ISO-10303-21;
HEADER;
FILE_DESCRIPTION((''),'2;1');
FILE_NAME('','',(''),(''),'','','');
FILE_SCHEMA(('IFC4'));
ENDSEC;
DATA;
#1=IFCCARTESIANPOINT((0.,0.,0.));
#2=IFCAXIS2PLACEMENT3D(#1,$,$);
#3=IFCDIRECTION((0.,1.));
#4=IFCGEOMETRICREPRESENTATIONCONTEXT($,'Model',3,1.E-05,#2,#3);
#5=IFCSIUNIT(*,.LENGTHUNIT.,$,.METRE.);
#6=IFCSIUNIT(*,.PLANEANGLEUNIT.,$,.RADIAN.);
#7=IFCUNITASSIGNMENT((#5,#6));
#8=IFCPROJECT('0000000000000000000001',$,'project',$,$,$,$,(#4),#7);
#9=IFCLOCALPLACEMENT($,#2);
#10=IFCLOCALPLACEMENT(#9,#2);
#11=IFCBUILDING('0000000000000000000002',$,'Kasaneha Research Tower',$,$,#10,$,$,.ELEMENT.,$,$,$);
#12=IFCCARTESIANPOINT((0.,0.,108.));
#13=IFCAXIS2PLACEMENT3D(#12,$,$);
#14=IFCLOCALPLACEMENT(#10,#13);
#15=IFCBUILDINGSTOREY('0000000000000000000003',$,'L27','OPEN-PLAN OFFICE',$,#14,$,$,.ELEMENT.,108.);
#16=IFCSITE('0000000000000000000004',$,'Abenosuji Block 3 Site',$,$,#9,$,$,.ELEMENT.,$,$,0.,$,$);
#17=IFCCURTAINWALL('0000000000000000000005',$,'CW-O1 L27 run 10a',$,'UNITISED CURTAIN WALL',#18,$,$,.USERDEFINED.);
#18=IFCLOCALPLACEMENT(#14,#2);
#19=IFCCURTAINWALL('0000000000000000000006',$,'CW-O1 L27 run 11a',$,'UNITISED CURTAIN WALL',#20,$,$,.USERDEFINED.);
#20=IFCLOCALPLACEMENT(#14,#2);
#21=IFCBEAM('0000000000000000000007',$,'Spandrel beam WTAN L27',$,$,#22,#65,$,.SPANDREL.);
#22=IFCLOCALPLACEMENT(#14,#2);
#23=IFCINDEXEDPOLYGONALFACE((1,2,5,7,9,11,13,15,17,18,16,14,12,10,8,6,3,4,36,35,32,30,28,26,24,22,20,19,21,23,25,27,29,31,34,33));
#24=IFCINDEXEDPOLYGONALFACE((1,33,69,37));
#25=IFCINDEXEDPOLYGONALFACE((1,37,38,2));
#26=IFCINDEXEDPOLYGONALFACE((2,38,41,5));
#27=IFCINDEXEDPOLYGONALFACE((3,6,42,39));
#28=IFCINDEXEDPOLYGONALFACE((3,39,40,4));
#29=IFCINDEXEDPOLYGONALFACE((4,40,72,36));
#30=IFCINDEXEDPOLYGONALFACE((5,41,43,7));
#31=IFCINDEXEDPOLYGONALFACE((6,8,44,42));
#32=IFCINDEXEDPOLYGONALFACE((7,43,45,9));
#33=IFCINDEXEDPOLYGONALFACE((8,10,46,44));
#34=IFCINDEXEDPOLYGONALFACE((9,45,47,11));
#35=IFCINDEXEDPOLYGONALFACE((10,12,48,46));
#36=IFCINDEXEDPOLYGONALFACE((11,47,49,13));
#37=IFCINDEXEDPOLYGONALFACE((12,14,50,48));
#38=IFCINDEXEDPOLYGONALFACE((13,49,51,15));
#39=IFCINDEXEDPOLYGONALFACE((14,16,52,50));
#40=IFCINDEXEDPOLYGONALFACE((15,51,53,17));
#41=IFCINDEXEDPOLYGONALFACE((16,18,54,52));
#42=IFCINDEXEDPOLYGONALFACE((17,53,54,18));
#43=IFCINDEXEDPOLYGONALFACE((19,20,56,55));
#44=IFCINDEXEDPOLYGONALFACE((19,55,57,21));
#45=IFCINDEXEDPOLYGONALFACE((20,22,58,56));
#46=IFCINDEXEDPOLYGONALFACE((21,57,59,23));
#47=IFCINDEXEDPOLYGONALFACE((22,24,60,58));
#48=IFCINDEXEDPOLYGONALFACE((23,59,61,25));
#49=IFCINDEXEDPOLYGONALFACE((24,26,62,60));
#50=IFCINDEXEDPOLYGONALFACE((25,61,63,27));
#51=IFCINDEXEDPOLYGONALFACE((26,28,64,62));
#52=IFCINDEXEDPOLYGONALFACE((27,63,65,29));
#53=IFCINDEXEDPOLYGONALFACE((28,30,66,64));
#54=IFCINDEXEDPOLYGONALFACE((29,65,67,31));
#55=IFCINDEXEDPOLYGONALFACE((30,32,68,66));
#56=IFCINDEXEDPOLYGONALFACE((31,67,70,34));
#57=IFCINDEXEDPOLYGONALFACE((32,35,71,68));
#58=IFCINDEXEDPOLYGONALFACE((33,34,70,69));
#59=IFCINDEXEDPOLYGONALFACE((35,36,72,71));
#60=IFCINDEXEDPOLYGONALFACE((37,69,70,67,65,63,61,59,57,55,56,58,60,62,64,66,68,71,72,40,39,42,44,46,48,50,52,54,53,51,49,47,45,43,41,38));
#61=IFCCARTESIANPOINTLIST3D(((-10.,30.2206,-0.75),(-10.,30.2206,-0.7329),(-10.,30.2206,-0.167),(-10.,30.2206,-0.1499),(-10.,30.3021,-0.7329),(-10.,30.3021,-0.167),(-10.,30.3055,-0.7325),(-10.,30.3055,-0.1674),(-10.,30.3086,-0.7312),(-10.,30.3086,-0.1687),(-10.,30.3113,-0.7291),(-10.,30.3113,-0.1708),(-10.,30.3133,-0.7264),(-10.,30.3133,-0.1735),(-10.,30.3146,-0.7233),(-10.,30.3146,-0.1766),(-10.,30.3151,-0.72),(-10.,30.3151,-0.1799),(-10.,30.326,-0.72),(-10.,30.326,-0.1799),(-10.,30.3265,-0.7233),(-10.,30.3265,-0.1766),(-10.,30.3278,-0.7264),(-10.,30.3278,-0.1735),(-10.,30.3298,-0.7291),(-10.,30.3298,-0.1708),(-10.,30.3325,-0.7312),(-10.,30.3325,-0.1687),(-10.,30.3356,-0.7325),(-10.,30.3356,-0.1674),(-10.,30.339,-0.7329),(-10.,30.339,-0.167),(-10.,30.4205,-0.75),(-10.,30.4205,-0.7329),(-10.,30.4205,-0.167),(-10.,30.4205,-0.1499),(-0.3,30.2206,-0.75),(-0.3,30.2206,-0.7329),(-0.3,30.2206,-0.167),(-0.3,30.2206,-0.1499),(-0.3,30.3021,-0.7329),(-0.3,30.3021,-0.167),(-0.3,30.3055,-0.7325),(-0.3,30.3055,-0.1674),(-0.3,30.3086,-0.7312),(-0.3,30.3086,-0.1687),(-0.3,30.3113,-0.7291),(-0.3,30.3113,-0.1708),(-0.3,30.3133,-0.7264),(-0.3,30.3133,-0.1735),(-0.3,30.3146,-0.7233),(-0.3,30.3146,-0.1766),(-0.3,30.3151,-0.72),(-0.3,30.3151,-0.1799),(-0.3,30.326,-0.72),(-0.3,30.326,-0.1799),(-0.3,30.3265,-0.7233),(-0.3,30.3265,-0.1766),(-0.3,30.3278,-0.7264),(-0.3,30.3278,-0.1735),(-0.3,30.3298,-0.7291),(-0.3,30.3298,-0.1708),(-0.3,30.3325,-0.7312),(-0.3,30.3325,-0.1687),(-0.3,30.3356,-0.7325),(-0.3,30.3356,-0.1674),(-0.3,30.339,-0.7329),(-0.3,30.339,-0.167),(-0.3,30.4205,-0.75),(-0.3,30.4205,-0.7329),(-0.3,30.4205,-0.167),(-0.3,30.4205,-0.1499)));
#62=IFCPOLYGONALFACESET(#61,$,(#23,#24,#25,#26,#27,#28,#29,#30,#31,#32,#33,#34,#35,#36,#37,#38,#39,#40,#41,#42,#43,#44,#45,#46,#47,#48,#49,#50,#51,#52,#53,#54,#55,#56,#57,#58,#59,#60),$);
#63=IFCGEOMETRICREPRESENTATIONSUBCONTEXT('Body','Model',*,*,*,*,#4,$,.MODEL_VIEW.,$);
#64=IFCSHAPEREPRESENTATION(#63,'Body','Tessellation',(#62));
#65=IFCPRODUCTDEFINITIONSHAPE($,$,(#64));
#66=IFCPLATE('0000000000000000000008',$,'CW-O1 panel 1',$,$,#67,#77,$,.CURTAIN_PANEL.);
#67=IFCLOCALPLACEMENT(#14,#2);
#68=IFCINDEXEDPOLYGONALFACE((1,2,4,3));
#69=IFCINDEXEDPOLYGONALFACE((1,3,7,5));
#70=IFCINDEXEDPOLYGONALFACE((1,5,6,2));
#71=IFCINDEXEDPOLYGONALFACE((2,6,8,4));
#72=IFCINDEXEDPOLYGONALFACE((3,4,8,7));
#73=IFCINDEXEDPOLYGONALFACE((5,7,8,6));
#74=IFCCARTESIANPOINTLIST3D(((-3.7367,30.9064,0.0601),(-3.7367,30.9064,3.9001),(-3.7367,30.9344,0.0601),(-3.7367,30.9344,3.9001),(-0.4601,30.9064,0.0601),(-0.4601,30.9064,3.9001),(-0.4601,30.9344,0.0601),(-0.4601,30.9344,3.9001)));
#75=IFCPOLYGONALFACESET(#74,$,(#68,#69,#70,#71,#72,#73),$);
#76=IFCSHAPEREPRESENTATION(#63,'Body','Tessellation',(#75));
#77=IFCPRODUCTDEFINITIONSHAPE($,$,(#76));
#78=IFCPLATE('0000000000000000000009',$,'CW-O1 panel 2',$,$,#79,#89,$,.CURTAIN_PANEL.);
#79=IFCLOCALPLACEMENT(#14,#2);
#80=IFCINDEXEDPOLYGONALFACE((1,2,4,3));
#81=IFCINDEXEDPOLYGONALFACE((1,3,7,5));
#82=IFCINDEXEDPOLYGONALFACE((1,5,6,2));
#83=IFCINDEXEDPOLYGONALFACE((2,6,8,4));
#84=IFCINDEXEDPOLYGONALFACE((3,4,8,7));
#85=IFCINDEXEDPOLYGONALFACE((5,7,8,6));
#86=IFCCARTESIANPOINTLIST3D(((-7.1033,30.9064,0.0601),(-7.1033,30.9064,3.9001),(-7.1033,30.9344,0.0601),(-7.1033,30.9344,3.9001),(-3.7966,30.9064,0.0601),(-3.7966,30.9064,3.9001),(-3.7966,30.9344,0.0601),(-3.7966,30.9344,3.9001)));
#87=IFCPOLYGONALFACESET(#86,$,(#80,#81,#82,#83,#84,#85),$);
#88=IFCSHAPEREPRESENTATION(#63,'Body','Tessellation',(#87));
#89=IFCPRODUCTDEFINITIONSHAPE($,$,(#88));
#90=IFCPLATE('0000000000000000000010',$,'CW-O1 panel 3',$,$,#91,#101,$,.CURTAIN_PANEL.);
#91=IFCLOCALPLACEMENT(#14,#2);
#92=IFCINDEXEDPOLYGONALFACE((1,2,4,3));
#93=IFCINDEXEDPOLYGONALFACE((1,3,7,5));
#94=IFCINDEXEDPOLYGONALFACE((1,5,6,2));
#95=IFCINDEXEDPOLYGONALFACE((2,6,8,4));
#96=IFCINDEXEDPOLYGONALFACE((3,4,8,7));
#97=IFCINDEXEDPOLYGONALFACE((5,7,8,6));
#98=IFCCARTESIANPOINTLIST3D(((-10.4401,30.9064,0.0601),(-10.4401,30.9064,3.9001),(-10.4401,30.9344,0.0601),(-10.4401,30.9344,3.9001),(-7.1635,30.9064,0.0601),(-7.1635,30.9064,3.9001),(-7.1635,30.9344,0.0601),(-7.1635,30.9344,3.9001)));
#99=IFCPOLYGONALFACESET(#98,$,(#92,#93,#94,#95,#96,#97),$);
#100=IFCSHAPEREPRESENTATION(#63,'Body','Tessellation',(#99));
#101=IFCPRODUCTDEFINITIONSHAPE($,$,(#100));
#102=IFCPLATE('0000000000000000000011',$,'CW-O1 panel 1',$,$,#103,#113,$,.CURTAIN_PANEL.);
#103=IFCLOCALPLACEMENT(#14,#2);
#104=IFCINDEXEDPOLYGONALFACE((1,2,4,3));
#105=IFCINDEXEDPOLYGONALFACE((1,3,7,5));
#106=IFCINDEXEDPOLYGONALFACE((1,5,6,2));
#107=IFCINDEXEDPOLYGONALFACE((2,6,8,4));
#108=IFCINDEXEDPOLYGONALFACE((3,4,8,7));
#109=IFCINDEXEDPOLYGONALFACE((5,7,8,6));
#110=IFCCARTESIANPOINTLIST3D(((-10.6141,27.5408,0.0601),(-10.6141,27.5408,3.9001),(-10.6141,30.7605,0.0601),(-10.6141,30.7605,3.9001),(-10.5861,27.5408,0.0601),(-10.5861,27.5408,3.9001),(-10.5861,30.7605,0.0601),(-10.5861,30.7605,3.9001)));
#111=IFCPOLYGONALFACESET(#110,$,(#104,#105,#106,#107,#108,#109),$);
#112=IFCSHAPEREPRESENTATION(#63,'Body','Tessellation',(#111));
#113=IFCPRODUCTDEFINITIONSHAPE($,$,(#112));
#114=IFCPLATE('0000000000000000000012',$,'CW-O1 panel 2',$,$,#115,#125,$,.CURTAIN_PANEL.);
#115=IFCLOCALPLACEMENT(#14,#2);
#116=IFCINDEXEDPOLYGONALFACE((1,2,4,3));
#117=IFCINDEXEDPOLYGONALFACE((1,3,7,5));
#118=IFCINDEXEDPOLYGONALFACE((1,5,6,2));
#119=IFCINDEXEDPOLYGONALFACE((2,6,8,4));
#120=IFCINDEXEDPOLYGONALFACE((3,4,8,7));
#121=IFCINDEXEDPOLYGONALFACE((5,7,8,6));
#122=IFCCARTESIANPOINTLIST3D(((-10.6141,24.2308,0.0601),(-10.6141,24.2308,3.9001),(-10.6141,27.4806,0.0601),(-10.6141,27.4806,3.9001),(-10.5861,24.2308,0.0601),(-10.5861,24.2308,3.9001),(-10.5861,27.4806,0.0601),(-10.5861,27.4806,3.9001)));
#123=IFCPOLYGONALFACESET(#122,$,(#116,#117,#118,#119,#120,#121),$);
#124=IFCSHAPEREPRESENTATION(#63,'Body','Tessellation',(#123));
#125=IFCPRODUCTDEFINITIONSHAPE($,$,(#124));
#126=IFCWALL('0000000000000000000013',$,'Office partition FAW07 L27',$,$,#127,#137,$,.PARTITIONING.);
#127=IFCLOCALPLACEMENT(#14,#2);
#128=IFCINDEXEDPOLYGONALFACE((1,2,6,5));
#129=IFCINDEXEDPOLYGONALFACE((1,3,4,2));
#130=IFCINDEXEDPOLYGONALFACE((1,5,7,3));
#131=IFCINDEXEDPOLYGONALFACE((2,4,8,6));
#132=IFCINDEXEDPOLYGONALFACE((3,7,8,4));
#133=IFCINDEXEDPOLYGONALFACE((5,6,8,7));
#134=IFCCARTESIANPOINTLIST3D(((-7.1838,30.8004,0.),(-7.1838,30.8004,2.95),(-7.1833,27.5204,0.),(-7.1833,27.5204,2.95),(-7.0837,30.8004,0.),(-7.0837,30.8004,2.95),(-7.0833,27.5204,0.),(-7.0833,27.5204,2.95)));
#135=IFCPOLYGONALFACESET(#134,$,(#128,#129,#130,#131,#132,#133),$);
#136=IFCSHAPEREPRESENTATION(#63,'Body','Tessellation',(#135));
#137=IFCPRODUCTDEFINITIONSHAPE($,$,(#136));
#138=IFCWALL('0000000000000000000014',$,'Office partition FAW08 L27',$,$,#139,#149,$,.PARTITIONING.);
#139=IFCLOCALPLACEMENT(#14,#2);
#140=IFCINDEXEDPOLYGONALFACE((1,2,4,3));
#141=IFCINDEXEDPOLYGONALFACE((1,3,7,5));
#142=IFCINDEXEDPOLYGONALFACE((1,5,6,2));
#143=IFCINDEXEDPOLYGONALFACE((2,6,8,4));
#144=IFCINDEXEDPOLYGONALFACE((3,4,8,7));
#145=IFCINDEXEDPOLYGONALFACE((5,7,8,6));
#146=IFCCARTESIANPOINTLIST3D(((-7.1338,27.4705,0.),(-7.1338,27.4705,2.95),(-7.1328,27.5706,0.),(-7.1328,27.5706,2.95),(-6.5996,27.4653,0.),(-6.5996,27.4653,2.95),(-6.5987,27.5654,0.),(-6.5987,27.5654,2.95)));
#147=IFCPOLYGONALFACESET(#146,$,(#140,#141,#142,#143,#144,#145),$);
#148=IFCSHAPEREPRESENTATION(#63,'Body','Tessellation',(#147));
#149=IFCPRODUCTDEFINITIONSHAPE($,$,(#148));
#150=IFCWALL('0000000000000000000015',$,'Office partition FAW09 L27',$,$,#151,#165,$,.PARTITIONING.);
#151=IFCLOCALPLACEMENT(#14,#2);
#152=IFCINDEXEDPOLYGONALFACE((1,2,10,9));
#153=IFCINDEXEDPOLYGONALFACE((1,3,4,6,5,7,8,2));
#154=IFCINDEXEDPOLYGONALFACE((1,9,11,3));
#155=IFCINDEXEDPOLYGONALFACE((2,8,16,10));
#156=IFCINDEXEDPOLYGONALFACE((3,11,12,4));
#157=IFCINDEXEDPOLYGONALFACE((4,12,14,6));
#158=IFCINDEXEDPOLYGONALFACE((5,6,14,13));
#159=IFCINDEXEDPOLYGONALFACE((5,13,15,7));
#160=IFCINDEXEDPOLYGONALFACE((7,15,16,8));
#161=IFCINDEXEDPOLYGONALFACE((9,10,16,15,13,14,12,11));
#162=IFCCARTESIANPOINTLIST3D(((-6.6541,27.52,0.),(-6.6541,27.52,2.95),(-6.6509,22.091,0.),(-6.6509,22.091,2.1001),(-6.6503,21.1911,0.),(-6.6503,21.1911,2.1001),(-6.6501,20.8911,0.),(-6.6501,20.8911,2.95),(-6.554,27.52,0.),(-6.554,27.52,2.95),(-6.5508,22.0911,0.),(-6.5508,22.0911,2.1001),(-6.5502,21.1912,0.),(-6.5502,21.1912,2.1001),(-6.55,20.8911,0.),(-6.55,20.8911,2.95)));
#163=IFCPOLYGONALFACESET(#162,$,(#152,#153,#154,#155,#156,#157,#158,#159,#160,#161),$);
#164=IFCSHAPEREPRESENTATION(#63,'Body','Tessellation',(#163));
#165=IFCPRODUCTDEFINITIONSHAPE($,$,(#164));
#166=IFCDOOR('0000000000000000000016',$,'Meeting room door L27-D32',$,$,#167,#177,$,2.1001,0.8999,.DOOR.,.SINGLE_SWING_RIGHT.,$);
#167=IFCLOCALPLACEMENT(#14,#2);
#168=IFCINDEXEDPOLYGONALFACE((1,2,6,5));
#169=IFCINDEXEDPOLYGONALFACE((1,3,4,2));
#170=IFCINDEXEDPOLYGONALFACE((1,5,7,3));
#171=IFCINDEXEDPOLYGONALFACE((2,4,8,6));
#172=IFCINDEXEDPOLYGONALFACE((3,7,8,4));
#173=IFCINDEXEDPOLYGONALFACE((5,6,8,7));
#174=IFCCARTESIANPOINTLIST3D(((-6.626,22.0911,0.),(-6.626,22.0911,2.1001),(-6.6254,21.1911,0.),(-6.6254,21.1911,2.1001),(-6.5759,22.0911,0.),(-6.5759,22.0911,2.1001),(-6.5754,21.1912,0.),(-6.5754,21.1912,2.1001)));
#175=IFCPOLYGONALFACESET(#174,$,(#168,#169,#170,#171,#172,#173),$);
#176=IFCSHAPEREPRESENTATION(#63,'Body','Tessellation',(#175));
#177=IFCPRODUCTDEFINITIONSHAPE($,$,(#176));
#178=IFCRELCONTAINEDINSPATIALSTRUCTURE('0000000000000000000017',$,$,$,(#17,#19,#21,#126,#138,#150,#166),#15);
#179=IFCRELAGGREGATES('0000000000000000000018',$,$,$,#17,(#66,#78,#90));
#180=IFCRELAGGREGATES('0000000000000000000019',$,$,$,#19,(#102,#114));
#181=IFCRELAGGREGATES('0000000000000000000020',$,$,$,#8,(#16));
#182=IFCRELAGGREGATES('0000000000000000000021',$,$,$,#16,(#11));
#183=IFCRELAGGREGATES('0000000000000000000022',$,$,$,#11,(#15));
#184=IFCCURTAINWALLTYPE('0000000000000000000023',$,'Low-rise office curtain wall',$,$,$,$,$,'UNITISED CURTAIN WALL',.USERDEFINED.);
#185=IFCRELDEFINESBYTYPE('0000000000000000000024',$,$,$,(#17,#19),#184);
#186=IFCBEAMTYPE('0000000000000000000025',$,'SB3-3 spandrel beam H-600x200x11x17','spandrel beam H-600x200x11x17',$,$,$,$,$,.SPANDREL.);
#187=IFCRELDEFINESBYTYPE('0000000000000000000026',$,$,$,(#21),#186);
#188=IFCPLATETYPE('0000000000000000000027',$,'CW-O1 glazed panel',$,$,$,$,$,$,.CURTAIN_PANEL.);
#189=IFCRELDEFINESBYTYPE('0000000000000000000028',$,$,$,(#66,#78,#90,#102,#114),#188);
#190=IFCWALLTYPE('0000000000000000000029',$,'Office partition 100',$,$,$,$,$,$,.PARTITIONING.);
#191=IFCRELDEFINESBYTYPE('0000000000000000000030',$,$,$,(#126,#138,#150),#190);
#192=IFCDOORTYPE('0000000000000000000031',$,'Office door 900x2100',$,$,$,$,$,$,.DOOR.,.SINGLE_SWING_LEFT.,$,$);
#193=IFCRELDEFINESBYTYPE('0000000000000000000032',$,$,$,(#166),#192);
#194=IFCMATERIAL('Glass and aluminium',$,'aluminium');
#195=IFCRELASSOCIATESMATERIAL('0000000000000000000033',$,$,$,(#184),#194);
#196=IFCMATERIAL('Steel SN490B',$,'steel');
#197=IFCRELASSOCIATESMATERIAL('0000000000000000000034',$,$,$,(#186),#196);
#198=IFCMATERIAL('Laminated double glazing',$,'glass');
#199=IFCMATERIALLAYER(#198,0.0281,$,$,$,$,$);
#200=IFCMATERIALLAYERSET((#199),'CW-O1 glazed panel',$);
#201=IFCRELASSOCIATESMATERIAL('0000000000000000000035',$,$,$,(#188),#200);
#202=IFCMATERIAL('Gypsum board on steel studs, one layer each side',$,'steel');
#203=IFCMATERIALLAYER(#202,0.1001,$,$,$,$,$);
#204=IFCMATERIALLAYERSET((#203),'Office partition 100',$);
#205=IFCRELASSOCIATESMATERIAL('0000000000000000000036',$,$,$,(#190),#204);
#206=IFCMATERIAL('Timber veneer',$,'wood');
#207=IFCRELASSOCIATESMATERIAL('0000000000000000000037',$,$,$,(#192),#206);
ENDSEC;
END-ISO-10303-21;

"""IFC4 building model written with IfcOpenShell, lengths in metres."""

from ifc_helpers import new_model, si_unit, direction, frame, frame_2d, origin, origin_2d, place, context, subcontext, project, spatial, rectangle, i_section, extrude, material, layer, layer_set, material_profile, profile_set, type_object, element, fill, aggregate, save


model = new_model("IFC4")

# Units and contexts
model_context = context("Model", 3, precision=1e-05, world=origin(), true_north=direction((0.0, 1.0)))
body_context = subcontext(model_context, "Body", "Model", "MODEL_VIEW")
ifc_project = project(units=[si_unit("LENGTHUNIT", "METRE"), si_unit("PLANEANGLEUNIT", "RADIAN")], contexts=[model_context])

# Site, building, storey
site_placement = place(None, origin())
site = spatial("IfcSite", under=ifc_project, at=site_placement, Name="Abenosuji Block 3 Site", CompositionType="ELEMENT", RefElevation=0.0)
building_placement = place(site_placement, origin())
building = spatial("IfcBuilding", under=site, at=building_placement, Name="Kasaneha Research Tower", CompositionType="ELEMENT")
storey_placement = place(building_placement, frame((0.0, 0.0, 108.0)))
storey = spatial("IfcBuildingStorey", under=building, at=storey_placement, Name="L27", Description="OPEN-PLAN OFFICE", CompositionType="ELEMENT", Elevation=108.0)

# Curtain walls
ifc_material_1 = material(Name="Glass and aluminium", Category="aluminium")
curtain_wall_type = type_object("IfcCurtainWallType", Name="Low-rise office curtain wall", ElementType="UNITISED CURTAIN WALL", PredefinedType="USERDEFINED", material=ifc_material_1)
curtain_wall_1_placement = place(storey_placement, origin())
curtain_wall_1 = element("IfcCurtainWall", 1, at=curtain_wall_1_placement, inside=storey, type_object=curtain_wall_type, Name="CW-O1 L27 run 10a", ObjectType="UNITISED CURTAIN WALL", PredefinedType="USERDEFINED")
curtain_wall_2_placement = place(storey_placement, origin())
curtain_wall_2 = element("IfcCurtainWall", 2, at=curtain_wall_2_placement, inside=storey, type_object=curtain_wall_type, Name="CW-O1 L27 run 11a", ObjectType="UNITISED CURTAIN WALL", PredefinedType="USERDEFINED")

# Beam
ifc_material_2 = material(Name="Steel SN490B", Category="steel")
ifc_material_profile_1 = material_profile(ifc_material_2, i_section(OverallWidth=0.2, OverallDepth=0.6001, WebThickness=0.011, FlangeThickness=0.0171, FilletRadius=0.0129, at=origin_2d()), Name="H-600x200x11x17")
ifc_profile_set_1 = profile_set([ifc_material_profile_1], Name="Steel SN490B")
beam_type_1 = type_object("IfcBeamType", Name="SB3-3 spandrel beam H-600x200x11x17", Description="spandrel beam H-600x200x11x17", PredefinedType="SPANDREL", material=ifc_profile_set_1)
beam_1_placement = place(storey_placement, frame((-10.0, 30.3206, -0.45), z_axis=(1.0, 0.0, 0.0), x_axis=(0.0, 1.0, 0.0)))
element("IfcBeam", 3, at=beam_1_placement, inside=storey, type_object=beam_type_1, Name="Spandrel beam WTAN L27", PredefinedType="SPANDREL", context=body_context, shape_type="SweptSolid", body=[
    extrude(i_section(OverallWidth=0.2, OverallDepth=0.6001, WebThickness=0.011, FlangeThickness=0.0171, FilletRadius=0.0129, at=origin_2d()), origin(), (0.0, 0.0, 1.0), 9.7),
])

# Plates
ifc_material_3 = material(Name="Laminated double glazing", Category="glass")
ifc_layer_1 = layer(ifc_material_3, 0.0281)
ifc_layer_set_1 = layer_set([ifc_layer_1], Name="CW-O1 glazed panel")
plate_type = type_object("IfcPlateType", Name="CW-O1 glazed panel", PredefinedType="CURTAIN_PANEL", material=ifc_layer_set_1)
plate_1_placement = place(storey_placement, frame((-2.0984, 30.9204, 0.0601), z_axis=(0.0, 0.0, 1.0), x_axis=(-1.0, 0.0, 0.0)))
plate_1 = element("IfcPlate", 4, at=plate_1_placement, type_object=plate_type, Name="CW-O1 panel 1", PredefinedType="CURTAIN_PANEL", context=body_context, shape_type="SweptSolid", body=[
    extrude(rectangle(XDim=3.2766, YDim=0.0281, at=origin_2d()), origin(), (0.0, 0.0, 1.0), 3.8401),
])
plate_2_placement = place(storey_placement, frame((-5.45, 30.9204, 0.0601), z_axis=(0.0, 0.0, 1.0), x_axis=(-1.0, 0.0, 0.0)))
plate_2 = element("IfcPlate", 5, at=plate_2_placement, type_object=plate_type, Name="CW-O1 panel 2", PredefinedType="CURTAIN_PANEL", context=body_context, shape_type="SweptSolid", body=[
    extrude(rectangle(XDim=3.3066, YDim=0.0281, at=origin_2d()), origin(), (0.0, 0.0, 1.0), 3.8401),
])
plate_3_placement = place(storey_placement, frame((-8.8018, 30.9204, 0.0601), z_axis=(0.0, 0.0, 1.0), x_axis=(-1.0, 0.0, 0.0)))
plate_3 = element("IfcPlate", 6, at=plate_3_placement, type_object=plate_type, Name="CW-O1 panel 3", PredefinedType="CURTAIN_PANEL", context=body_context, shape_type="SweptSolid", body=[
    extrude(rectangle(XDim=3.2766, YDim=0.0281, at=origin_2d()), origin(), (0.0, 0.0, 1.0), 3.8401),
])
aggregate(curtain_wall_1, [plate_1, plate_2, plate_3])
plate_4_placement = place(storey_placement, frame((-10.6001, 29.1506, 0.0601), z_axis=(0.0, 0.0, 1.0), x_axis=(0.0, -1.0, 0.0)))
plate_4 = element("IfcPlate", 7, at=plate_4_placement, type_object=plate_type, Name="CW-O1 panel 1", PredefinedType="CURTAIN_PANEL", context=body_context, shape_type="SweptSolid", body=[
    extrude(rectangle(XDim=3.2197, YDim=0.0281, at=origin_2d()), origin(), (0.0, 0.0, 1.0), 3.8401),
])
plate_5_placement = place(storey_placement, frame((-10.6001, 25.8557, 0.0601), z_axis=(0.0, 0.0, 1.0), x_axis=(0.0, -1.0, 0.0)))
plate_5 = element("IfcPlate", 8, at=plate_5_placement, type_object=plate_type, Name="CW-O1 panel 2", PredefinedType="CURTAIN_PANEL", context=body_context, shape_type="SweptSolid", body=[
    extrude(rectangle(XDim=3.2498, YDim=0.0281, at=origin_2d()), origin(), (0.0, 0.0, 1.0), 3.8401),
])
aggregate(curtain_wall_2, [plate_4, plate_5])

# Walls
ifc_material_4 = material(Name="Gypsum board on steel studs, one layer each side", Category="steel")
ifc_layer_2 = layer(ifc_material_4, 0.1001)
ifc_layer_set_2 = layer_set([ifc_layer_2], Name="Office partition 100")
wall_type = type_object("IfcWallType", Name="Office partition 100", PredefinedType="PARTITIONING", material=ifc_layer_set_2)
wall_1_placement = place(storey_placement, frame((-7.1338, 30.8005, 0.0), z_axis=(0.0, 0.0, 1.0), x_axis=(0.000149, -1.0, 0.0)))
element("IfcWall", 9, at=wall_1_placement, inside=storey, type_object=wall_type, Name="Office partition FAW07 L27", PredefinedType="PARTITIONING", context=body_context, shape_type="SweptSolid", body=[
    extrude(rectangle(XDim=3.28, YDim=0.1001, at=frame_2d((1.6401, 0.0))), origin(), (0.0, 0.0, 1.0), 2.95),
])
wall_2_placement = place(storey_placement, frame((-7.1333, 27.5205, 0.0), z_axis=(0.0, 0.0, 1.0), x_axis=(0.999954, -0.009597, 0.0)))
element("IfcWall", 10, at=wall_2_placement, inside=storey, type_object=wall_type, Name="Office partition FAW08 L27", PredefinedType="PARTITIONING", context=body_context, shape_type="SweptSolid", body=[
    extrude(rectangle(XDim=0.5342, YDim=0.1001, at=frame_2d((0.2671, 0.0))), origin(), (0.0, 0.0, 1.0), 2.95),
])

# Wall, opening, door
wall_3_placement = place(storey_placement, frame((-6.604, 27.52, 0.0), z_axis=(0.0, 0.0, 1.0), x_axis=(0.000589, -1.0, 0.0)))
wall_3 = element("IfcWall", 11, at=wall_3_placement, inside=storey, type_object=wall_type, Name="Office partition FAW09 L27", PredefinedType="PARTITIONING", context=body_context, shape_type="SweptSolid", body=[
    extrude(rectangle(XDim=6.6289, YDim=0.1001, at=frame_2d((3.3145, 0.0))), origin(), (0.0, 0.0, 1.0), 2.95),
])
opening_1_placement = place(wall_3_placement, frame((5.429, 0.0, 0.0)))
opening_1 = element("IfcOpeningElement", 12, at=opening_1_placement, cuts=wall_3, PredefinedType="OPENING", context=body_context, shape_type="SweptSolid", body=[
    extrude(rectangle(XDim=0.8999, YDim=2.1001, at=frame_2d((0.45, 1.05))), frame((0.0, 0.0601, 0.0), z_axis=(0.0, -1.0, 0.0), x_axis=(1.0, 0.0, 0.0)), (0.0, 0.0, 1.0), 0.1201),
])
ifc_material_5 = material(Name="Timber veneer", Category="wood")
door_type = type_object("IfcDoorType", Name="Office door 900x2100", OperationType="SINGLE_SWING_LEFT", PredefinedType="DOOR", material=ifc_material_5)
door_1_placement = place(opening_1_placement, origin())
door_1 = element("IfcDoor", 13, at=door_1_placement, inside=storey, type_object=door_type, Name="Meeting room door L27-D32", OperationType="SINGLE_SWING_RIGHT", OverallHeight=2.1001, OverallWidth=0.8999, PredefinedType="DOOR", context=body_context, shape_type="SweptSolid", body=[
    extrude(rectangle(XDim=0.8999, YDim=2.1001, at=frame_2d((0.45, 1.05))), frame((0.0, 0.0249, 0.0), z_axis=(0.0, -1.0, 0.0), x_axis=(1.0, 0.0, 0.0)), (0.0, 0.0, 1.0), 0.05),
])
fill(opening_1, door_1)

save(model, "model.ifc")
